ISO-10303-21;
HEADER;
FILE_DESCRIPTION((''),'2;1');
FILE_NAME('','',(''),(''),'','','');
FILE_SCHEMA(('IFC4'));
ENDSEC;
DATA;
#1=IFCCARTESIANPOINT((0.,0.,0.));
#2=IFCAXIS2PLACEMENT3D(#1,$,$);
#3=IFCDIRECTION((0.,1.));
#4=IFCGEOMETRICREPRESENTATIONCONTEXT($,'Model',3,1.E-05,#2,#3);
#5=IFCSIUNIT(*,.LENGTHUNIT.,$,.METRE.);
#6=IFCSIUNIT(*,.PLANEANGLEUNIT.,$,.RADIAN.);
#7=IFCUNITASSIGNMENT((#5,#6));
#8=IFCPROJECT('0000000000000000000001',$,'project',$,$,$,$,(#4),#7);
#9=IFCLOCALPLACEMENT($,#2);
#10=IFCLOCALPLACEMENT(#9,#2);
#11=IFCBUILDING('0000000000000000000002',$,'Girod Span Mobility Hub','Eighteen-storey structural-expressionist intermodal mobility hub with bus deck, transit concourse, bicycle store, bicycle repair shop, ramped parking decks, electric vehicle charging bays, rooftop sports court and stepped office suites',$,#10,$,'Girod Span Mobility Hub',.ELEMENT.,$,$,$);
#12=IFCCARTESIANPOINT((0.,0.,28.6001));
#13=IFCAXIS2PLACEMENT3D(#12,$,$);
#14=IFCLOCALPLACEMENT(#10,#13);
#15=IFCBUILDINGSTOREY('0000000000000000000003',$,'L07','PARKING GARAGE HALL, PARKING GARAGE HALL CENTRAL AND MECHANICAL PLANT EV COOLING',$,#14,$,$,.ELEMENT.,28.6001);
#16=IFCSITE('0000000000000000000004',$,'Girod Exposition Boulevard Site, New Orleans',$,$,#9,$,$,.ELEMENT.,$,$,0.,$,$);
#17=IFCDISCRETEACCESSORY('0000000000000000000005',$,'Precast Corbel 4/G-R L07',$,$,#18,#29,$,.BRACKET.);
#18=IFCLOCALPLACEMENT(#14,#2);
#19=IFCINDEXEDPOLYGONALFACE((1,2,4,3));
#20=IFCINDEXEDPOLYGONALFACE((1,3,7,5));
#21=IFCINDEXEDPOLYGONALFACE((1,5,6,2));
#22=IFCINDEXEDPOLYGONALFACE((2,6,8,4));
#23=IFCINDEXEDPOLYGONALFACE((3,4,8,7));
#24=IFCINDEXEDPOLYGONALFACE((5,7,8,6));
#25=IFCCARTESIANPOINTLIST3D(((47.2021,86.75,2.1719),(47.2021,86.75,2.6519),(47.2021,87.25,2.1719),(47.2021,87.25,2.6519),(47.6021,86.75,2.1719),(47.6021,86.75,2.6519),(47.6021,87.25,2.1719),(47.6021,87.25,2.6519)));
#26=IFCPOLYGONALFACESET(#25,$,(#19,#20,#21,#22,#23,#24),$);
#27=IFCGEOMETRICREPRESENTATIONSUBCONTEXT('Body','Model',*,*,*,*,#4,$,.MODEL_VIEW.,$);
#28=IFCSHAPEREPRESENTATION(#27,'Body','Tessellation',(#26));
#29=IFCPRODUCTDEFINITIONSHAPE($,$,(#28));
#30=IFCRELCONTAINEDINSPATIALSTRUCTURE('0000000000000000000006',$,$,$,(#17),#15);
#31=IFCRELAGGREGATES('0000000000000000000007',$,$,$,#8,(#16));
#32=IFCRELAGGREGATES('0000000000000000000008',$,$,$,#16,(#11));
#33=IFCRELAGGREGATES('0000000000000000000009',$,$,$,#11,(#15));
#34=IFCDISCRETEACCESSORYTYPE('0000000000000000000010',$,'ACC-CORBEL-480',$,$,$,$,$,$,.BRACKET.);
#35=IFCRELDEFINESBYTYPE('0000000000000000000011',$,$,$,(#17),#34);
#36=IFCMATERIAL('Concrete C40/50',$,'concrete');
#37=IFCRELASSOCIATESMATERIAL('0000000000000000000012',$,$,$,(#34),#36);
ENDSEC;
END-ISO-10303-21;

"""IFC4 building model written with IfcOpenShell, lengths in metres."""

from ifc_helpers import new_model, si_unit, direction, frame, origin, origin_2d, place, context, subcontext, project, spatial, rectangle, extrude, material, type_object, element, save


model = new_model("IFC4")

# Units and contexts
model_context = context("Model", 3, precision=1e-05, world=origin(), true_north=direction((0.0, 1.0)))
body_context = subcontext(model_context, "Body", "Model", "MODEL_VIEW")
ifc_project = project(units=[si_unit("LENGTHUNIT", "METRE"), si_unit("PLANEANGLEUNIT", "RADIAN")], contexts=[model_context])

# Site, building, storey
site_placement = place(None, origin())
site = spatial("IfcSite", under=ifc_project, at=site_placement, Name="Girod Exposition Boulevard Site, New Orleans", CompositionType="ELEMENT", RefElevation=0.0)
building_placement = place(site_placement, origin())
building = spatial("IfcBuilding", under=site, at=building_placement, Name="Girod Span Mobility Hub", Description="Eighteen-storey structural-expressionist intermodal mobility hub with bus deck, transit concourse, bicycle store, bicycle repair shop, ramped parking decks, electric vehicle charging bays, rooftop sports court and stepped office suites", LongName="Girod Span Mobility Hub", CompositionType="ELEMENT")
storey_placement = place(building_placement, frame((0.0, 0.0, 28.6001)))
storey = spatial("IfcBuildingStorey", under=building, at=storey_placement, Name="L07", Description="PARKING GARAGE HALL, PARKING GARAGE HALL CENTRAL AND MECHANICAL PLANT EV COOLING", CompositionType="ELEMENT", Elevation=28.6001)

# Discrete accessory
ifc_material_1 = material(Name="Concrete C40/50", Category="concrete")
discrete_accessory_type = type_object("IfcDiscreteAccessoryType", Name="ACC-CORBEL-480", PredefinedType="BRACKET", material=ifc_material_1)
for number, where, z_axis, x_axis, name in (
    (1, (47.4021, 87.0, 2.1719), (0.0, 0.0, 1.0), (1.0, 0.0, 0.0), "Precast Corbel 4/G-R L07"),
):
    element("IfcDiscreteAccessory", number, at=place(storey_placement, frame(where, z_axis=z_axis, x_axis=x_axis)), inside=storey, type_object=discrete_accessory_type, Name=name, PredefinedType="BRACKET", context=body_context, shape_type="SweptSolid", body=[
        extrude(rectangle(XDim=0.3999, YDim=0.5, at=origin_2d()), origin(), (0.0, 0.0, 1.0), 0.48),
    ])

save(model, "model.ifc")
